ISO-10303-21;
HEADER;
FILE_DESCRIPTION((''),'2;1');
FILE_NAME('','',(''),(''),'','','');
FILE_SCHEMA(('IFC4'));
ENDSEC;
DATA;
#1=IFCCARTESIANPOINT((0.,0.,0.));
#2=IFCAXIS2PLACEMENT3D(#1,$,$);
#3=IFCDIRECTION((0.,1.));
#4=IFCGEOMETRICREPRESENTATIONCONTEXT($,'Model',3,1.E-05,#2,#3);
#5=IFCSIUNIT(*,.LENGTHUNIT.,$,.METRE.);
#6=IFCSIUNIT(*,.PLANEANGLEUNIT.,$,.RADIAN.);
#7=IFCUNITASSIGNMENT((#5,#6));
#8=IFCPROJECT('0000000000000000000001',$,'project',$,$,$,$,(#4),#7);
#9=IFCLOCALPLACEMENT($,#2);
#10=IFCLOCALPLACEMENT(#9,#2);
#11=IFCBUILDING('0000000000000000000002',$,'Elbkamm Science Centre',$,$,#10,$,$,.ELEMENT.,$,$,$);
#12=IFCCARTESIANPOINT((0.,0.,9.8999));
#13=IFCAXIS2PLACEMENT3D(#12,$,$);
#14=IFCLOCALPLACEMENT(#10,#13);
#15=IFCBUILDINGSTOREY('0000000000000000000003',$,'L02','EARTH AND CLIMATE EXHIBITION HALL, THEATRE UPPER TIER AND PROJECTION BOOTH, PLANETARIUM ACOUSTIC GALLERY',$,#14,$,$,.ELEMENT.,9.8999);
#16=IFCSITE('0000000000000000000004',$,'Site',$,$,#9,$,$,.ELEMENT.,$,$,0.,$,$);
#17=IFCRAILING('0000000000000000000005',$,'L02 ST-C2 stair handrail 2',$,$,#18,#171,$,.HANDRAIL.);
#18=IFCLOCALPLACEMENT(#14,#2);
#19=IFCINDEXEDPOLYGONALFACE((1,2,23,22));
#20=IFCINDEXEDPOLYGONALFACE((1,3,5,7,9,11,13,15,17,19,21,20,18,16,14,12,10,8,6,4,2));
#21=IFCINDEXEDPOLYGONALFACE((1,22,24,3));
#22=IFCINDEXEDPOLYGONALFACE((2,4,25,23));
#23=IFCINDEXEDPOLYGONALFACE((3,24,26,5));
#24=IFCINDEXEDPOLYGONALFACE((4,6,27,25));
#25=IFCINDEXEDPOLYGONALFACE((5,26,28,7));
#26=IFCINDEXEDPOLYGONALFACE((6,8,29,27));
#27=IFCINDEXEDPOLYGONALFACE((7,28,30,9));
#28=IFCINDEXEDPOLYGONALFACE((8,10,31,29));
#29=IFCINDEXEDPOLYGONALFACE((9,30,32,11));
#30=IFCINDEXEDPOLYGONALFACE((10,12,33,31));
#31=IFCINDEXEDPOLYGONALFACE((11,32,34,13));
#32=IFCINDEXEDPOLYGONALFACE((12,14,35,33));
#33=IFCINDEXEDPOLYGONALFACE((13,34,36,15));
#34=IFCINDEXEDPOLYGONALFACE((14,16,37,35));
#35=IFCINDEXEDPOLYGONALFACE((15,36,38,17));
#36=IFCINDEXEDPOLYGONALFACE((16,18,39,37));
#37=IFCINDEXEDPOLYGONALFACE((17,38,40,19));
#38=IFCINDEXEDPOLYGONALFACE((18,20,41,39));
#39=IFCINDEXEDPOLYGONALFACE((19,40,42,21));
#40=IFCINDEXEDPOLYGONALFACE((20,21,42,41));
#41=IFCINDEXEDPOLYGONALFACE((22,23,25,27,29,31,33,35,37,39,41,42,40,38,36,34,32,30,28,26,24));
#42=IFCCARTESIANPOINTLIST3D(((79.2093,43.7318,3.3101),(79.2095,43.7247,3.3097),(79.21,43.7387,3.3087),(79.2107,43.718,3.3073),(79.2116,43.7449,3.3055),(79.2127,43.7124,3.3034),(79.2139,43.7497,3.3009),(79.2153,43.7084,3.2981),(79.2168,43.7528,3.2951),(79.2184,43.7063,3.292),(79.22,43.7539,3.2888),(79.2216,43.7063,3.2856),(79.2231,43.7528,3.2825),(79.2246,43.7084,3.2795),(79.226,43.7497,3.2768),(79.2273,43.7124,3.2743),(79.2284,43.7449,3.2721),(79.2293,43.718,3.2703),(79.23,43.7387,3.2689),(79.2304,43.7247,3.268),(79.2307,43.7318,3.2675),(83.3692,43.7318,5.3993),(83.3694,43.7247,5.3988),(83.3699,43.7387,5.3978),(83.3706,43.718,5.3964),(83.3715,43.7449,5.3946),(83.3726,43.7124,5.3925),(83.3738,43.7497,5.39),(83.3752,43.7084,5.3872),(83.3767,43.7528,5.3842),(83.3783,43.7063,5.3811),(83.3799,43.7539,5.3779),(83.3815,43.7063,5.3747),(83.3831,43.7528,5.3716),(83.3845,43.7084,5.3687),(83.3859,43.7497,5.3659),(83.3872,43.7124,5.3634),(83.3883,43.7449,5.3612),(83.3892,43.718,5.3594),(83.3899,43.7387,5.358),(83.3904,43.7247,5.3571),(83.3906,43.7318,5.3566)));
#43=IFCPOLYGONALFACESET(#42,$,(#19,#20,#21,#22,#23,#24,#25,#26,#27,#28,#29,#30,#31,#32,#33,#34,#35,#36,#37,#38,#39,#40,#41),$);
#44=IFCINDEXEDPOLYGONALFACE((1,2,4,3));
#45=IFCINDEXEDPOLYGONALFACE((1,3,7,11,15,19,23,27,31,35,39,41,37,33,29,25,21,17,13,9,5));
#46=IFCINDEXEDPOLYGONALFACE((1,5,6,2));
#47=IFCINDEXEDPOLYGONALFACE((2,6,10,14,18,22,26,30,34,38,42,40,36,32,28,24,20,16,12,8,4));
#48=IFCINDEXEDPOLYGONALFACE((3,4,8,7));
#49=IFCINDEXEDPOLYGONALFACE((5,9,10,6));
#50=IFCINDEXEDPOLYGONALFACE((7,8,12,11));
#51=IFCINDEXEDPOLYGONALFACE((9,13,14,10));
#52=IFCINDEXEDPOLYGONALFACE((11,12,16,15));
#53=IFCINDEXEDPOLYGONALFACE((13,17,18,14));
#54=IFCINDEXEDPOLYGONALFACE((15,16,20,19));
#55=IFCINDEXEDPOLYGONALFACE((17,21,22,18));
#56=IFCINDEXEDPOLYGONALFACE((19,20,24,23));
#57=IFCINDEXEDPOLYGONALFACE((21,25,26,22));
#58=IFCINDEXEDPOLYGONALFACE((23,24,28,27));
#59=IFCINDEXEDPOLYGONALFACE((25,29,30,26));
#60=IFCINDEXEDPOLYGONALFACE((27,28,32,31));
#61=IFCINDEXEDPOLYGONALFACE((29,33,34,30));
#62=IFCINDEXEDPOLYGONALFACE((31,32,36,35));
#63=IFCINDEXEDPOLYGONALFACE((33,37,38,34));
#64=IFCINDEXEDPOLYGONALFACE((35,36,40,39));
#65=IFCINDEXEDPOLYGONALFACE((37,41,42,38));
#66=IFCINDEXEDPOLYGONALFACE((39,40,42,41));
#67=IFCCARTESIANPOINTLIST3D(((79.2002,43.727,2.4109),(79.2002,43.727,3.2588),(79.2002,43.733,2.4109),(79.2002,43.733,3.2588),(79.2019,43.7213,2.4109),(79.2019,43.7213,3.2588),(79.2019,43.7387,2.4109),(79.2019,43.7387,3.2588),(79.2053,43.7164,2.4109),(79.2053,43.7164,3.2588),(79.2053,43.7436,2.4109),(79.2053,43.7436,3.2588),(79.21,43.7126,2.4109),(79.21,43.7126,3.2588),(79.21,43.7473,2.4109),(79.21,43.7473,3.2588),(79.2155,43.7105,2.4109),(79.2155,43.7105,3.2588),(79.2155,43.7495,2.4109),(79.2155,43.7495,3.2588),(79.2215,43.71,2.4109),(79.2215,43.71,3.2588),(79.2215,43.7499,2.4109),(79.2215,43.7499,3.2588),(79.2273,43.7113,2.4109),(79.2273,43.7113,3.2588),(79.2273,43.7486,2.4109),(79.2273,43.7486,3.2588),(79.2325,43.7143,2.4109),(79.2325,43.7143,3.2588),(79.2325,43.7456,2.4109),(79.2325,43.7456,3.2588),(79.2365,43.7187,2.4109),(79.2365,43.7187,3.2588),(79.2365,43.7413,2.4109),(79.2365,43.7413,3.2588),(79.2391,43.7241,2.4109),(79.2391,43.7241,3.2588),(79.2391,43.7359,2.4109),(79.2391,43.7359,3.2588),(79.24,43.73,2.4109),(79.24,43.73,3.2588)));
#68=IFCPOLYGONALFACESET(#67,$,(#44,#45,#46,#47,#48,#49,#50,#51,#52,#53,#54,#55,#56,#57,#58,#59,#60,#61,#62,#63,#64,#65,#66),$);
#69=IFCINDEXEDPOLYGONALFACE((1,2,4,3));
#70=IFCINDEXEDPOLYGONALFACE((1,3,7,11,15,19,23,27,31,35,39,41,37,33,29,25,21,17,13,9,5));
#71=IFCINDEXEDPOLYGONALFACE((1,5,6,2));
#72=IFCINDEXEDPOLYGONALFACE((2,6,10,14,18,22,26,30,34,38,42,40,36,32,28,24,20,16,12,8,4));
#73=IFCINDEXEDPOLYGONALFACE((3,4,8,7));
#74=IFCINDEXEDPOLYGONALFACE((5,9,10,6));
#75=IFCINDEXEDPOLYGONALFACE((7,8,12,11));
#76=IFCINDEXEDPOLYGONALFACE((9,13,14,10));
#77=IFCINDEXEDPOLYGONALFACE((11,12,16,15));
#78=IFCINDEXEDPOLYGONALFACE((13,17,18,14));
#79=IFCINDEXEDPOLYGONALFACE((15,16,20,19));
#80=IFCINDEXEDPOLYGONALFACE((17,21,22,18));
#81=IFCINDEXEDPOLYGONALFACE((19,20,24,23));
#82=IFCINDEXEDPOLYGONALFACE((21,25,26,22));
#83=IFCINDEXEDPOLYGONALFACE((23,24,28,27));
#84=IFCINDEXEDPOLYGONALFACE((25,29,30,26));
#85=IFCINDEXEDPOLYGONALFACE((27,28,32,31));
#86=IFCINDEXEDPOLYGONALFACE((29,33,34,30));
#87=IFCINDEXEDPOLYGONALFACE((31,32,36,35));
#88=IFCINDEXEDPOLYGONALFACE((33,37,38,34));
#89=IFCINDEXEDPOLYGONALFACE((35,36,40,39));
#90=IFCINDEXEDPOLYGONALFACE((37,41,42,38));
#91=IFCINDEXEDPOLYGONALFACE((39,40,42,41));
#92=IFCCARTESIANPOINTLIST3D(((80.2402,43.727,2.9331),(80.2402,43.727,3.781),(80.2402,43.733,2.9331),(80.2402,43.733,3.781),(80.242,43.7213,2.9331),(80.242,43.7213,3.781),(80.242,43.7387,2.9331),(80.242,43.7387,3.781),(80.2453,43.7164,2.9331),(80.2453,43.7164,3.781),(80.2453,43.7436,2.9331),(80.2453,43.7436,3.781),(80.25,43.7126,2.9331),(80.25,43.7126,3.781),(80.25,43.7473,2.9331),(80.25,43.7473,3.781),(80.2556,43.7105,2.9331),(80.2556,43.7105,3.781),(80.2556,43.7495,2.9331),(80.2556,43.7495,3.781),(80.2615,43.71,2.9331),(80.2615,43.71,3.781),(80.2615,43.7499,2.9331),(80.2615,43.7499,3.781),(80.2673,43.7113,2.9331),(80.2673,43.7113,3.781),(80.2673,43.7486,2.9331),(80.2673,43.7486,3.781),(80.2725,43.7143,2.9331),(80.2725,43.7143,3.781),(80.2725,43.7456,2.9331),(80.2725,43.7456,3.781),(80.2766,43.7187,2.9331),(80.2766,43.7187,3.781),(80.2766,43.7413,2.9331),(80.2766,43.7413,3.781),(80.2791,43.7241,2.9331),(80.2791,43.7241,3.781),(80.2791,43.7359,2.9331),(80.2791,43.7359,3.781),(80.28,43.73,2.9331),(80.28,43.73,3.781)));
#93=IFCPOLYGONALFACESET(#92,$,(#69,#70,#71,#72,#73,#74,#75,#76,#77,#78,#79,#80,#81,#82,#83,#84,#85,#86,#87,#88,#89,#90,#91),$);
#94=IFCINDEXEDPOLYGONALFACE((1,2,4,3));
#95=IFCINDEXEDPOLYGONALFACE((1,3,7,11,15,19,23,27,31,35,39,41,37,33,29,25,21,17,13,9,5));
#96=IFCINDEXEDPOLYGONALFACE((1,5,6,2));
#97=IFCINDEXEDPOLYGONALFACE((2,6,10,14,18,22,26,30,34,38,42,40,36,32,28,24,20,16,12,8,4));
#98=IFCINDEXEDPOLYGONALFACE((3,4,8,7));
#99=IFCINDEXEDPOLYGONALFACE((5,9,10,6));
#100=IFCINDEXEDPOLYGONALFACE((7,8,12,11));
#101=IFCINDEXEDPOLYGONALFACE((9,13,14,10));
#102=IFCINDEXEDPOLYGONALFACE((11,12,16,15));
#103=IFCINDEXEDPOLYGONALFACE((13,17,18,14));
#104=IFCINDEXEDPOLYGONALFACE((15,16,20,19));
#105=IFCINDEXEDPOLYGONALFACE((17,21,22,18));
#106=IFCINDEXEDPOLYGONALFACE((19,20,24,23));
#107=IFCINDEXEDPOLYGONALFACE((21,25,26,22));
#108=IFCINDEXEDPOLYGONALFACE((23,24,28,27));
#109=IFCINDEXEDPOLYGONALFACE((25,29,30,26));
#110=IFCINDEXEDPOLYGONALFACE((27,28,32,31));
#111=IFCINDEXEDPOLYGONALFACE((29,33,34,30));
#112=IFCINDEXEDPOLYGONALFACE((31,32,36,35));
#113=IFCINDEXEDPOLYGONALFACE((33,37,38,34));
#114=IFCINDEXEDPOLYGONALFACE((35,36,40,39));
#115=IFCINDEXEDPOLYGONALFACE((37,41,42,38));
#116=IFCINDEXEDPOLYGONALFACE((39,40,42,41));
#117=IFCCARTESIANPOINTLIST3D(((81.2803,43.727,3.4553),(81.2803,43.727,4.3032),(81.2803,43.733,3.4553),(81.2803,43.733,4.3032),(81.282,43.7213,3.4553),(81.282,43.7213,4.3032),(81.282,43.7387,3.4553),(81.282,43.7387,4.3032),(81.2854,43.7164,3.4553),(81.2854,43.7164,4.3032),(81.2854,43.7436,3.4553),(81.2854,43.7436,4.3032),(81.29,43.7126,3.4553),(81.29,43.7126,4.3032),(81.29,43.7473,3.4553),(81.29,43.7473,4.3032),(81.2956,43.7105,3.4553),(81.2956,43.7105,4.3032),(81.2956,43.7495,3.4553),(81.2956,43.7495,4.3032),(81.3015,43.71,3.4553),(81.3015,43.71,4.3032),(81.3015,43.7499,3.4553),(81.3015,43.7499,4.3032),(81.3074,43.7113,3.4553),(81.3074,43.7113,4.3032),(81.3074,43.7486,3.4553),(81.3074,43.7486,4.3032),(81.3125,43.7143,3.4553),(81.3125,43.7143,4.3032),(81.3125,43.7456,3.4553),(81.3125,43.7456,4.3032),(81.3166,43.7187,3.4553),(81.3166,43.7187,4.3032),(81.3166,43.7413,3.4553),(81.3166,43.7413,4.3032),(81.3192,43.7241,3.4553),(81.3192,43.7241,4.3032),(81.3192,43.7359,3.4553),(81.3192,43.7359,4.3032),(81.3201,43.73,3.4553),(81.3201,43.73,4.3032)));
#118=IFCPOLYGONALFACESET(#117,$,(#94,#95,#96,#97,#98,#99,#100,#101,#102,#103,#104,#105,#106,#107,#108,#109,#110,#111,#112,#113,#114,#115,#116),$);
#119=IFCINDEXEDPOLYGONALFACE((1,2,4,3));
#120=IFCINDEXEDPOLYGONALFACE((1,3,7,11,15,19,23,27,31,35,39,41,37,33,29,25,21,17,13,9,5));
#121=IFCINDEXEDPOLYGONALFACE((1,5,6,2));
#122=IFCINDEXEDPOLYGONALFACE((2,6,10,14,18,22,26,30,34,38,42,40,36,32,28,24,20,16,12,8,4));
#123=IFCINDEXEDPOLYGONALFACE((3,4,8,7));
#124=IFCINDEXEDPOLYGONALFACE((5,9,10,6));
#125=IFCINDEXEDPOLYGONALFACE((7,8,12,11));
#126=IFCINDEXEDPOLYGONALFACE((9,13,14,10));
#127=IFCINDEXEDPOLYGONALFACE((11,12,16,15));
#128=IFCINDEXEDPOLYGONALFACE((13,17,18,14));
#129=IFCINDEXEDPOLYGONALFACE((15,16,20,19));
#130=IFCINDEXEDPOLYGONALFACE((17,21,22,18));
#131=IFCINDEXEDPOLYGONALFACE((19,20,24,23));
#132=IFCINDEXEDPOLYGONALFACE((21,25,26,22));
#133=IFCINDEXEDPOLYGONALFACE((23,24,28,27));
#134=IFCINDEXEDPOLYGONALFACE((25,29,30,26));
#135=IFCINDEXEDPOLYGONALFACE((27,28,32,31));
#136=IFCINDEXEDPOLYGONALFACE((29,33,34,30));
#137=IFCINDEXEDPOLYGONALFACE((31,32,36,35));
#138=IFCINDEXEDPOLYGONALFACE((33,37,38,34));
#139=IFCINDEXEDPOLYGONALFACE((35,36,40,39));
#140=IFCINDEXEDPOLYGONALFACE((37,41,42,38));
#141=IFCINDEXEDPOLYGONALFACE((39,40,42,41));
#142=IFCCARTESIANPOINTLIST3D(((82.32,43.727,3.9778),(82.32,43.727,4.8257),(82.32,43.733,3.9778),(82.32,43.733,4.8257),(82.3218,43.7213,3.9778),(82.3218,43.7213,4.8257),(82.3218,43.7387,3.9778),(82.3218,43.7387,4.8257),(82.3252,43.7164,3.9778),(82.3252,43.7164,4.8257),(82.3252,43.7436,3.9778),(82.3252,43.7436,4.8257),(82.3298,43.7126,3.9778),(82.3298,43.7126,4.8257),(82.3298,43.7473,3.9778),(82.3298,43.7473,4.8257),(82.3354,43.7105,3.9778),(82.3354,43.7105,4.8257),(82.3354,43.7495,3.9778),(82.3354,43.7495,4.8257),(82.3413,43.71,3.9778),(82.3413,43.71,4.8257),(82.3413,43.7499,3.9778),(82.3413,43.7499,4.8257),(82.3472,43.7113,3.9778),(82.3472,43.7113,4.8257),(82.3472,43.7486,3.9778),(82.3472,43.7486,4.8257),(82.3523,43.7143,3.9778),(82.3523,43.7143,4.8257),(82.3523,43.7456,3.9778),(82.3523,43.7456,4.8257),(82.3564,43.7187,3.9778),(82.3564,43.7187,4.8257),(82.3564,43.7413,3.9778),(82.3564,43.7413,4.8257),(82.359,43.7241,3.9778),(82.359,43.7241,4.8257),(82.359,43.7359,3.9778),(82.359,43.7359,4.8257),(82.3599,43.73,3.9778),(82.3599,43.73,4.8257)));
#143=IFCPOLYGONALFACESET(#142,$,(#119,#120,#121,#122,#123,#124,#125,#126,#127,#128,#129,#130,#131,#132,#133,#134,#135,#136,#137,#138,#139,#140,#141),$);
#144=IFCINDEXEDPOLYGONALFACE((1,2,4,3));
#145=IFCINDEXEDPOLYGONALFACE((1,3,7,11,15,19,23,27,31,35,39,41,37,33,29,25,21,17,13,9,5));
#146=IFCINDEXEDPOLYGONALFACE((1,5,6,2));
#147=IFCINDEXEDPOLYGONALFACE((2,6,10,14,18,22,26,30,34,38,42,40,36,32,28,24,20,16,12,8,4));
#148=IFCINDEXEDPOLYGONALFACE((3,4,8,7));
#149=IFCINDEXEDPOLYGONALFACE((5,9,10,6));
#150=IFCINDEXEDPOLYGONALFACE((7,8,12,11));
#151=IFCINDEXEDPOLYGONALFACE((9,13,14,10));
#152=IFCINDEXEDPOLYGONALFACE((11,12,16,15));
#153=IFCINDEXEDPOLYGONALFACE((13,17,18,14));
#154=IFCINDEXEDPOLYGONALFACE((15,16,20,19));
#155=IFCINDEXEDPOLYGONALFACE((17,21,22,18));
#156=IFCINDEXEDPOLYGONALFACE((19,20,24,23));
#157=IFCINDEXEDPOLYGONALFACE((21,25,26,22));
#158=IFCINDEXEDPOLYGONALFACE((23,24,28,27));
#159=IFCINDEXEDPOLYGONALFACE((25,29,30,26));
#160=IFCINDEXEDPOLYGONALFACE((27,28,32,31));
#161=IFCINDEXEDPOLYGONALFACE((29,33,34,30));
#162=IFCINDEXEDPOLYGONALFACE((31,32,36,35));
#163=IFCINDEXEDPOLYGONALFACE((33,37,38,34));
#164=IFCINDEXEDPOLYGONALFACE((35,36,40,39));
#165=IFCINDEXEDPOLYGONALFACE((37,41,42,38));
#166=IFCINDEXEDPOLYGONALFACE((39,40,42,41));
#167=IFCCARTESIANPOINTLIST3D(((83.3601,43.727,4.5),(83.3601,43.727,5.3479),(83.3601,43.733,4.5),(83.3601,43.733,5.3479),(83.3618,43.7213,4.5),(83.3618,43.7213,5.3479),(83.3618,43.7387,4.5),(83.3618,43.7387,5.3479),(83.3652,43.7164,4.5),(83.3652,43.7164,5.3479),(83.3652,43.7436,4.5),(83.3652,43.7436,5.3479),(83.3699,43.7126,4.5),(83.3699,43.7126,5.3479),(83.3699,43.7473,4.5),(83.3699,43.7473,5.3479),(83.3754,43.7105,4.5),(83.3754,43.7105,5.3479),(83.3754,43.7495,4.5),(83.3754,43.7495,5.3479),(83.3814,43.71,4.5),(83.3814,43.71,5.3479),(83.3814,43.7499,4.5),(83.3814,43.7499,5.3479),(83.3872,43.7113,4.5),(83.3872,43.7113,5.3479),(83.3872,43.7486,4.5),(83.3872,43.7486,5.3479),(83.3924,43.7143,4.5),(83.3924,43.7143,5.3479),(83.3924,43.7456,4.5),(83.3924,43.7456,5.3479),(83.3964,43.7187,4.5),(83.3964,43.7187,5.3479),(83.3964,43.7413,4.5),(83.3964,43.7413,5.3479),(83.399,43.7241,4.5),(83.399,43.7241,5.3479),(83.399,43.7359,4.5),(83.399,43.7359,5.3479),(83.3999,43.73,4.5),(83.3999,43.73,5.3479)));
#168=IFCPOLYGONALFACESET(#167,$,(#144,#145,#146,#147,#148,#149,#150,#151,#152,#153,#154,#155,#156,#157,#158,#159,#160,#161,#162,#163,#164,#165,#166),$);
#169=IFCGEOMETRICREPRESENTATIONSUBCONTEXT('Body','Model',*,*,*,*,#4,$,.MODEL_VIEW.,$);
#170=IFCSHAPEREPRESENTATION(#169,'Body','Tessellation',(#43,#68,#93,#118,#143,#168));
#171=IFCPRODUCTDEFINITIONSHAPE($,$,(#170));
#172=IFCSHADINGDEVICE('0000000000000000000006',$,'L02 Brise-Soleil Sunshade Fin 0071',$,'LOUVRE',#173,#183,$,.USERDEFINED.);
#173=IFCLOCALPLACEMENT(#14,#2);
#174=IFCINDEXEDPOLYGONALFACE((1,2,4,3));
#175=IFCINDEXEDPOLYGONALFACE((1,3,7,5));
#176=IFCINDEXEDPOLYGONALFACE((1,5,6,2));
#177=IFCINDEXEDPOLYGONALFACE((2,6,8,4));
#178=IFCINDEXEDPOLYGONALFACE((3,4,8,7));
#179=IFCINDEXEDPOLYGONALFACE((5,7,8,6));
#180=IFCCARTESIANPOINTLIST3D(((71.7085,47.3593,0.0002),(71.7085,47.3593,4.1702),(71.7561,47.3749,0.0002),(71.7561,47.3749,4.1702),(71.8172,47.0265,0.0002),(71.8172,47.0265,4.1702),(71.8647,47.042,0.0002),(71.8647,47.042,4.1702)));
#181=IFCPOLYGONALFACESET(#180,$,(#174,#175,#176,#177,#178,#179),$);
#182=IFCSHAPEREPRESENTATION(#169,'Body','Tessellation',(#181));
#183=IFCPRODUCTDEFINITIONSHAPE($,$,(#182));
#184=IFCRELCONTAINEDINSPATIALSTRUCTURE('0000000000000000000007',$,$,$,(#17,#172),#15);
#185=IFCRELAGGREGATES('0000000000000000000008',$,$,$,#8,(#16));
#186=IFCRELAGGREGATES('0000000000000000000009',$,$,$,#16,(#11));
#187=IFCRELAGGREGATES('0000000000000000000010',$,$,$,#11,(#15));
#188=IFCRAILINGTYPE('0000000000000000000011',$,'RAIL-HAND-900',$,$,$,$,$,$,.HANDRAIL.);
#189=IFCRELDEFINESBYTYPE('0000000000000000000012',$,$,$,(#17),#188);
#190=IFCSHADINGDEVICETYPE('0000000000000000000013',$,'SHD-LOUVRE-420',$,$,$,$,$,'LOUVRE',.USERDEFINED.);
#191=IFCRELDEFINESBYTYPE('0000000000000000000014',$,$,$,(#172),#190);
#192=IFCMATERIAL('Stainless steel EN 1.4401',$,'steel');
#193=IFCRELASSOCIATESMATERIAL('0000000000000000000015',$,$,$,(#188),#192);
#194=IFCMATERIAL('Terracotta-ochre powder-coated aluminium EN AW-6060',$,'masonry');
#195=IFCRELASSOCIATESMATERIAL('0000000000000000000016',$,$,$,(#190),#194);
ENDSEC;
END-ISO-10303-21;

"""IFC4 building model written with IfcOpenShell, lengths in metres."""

from ifc_helpers import new_model, si_unit, direction, frame, origin, origin_2d, place, context, subcontext, project, spatial, rectangle, circle, extrude, material, type_object, element, save


model = new_model("IFC4")

# Units and contexts
model_context = context("Model", 3, precision=1e-05, world=origin(), true_north=direction((0.0, 1.0)))
body_context = subcontext(model_context, "Body", "Model", "MODEL_VIEW")
ifc_project = project(units=[si_unit("LENGTHUNIT", "METRE"), si_unit("PLANEANGLEUNIT", "RADIAN")], contexts=[model_context])

# Site, building, storey
site_placement = place(None, origin())
site = spatial("IfcSite", under=ifc_project, at=site_placement, Name="Site", CompositionType="ELEMENT", RefElevation=0.0)
building_placement = place(site_placement, origin())
building = spatial("IfcBuilding", under=site, at=building_placement, Name="Elbkamm Science Centre", CompositionType="ELEMENT")
storey_placement = place(building_placement, frame((0.0, 0.0, 9.8999)))
storey = spatial("IfcBuildingStorey", under=building, at=storey_placement, Name="L02", Description="EARTH AND CLIMATE EXHIBITION HALL, THEATRE UPPER TIER AND PROJECTION BOOTH, PLANETARIUM ACOUSTIC GALLERY", CompositionType="ELEMENT", Elevation=9.8999)

# Railing
ifc_material_1 = material(Name="Stainless steel EN 1.4401", Category="steel")
railing_type_1 = type_object("IfcRailingType", Name="RAIL-HAND-900", PredefinedType="HANDRAIL", material=ifc_material_1)
railing_1_placement = place(storey_placement, frame((79.22, 43.73, 2.4109)))
element("IfcRailing", 1, at=railing_1_placement, inside=storey, type_object=railing_type_1, Name="L02 ST-C2 stair handrail 2", PredefinedType="HANDRAIL", context=body_context, shape_type="SweptSolid", body=[
    extrude(circle(Radius=0.0239, at=origin_2d()), frame((0.0, 0.0, 0.8779), z_axis=(0.893639, 0.0, 0.448786), x_axis=(0.0, 1.0, 0.0)), (0.0, 0.0, 1.0), 4.655),
    extrude(circle(Radius=0.02, at=origin_2d()), origin(), (0.0, 0.0, 1.0), 0.8479),
    extrude(circle(Radius=0.02, at=origin_2d()), frame((1.04, 0.0, 0.5222)), (0.0, 0.0, 1.0), 0.8479),
    extrude(circle(Radius=0.02, at=origin_2d()), frame((2.0801, 0.0, 1.0444)), (0.0, 0.0, 1.0), 0.8479),
    extrude(circle(Radius=0.02, at=origin_2d()), frame((3.1199, 0.0, 1.5669)), (0.0, 0.0, 1.0), 0.8479),
    extrude(circle(Radius=0.02, at=origin_2d()), frame((4.1599, 0.0, 2.0891)), (0.0, 0.0, 1.0), 0.8479),
])

# Shading device
ifc_material_2 = material(Name="Terracotta-ochre powder-coated aluminium EN AW-6060", Category="masonry")
shading_device_type = type_object("IfcShadingDeviceType", Name="SHD-LOUVRE-420", ElementType="LOUVRE", PredefinedType="USERDEFINED", material=ifc_material_2)
shading_device_placement = place(storey_placement, frame((71.7866, 47.2007, 0.0002), z_axis=(0.0, 0.0, 1.0), x_axis=(0.310368, -0.950617, 0.0)))
element("IfcShadingDevice", 2, at=shading_device_placement, inside=storey, type_object=shading_device_type, Name="L02 Brise-Soleil Sunshade Fin 0071", ObjectType="LOUVRE", PredefinedType="USERDEFINED", context=body_context, shape_type="SweptSolid", body=[
    extrude(rectangle(XDim=0.3501, YDim=0.05, at=origin_2d()), origin(), (0.0, 0.0, 1.0), 4.1699),
])

save(model, "model.ifc")
